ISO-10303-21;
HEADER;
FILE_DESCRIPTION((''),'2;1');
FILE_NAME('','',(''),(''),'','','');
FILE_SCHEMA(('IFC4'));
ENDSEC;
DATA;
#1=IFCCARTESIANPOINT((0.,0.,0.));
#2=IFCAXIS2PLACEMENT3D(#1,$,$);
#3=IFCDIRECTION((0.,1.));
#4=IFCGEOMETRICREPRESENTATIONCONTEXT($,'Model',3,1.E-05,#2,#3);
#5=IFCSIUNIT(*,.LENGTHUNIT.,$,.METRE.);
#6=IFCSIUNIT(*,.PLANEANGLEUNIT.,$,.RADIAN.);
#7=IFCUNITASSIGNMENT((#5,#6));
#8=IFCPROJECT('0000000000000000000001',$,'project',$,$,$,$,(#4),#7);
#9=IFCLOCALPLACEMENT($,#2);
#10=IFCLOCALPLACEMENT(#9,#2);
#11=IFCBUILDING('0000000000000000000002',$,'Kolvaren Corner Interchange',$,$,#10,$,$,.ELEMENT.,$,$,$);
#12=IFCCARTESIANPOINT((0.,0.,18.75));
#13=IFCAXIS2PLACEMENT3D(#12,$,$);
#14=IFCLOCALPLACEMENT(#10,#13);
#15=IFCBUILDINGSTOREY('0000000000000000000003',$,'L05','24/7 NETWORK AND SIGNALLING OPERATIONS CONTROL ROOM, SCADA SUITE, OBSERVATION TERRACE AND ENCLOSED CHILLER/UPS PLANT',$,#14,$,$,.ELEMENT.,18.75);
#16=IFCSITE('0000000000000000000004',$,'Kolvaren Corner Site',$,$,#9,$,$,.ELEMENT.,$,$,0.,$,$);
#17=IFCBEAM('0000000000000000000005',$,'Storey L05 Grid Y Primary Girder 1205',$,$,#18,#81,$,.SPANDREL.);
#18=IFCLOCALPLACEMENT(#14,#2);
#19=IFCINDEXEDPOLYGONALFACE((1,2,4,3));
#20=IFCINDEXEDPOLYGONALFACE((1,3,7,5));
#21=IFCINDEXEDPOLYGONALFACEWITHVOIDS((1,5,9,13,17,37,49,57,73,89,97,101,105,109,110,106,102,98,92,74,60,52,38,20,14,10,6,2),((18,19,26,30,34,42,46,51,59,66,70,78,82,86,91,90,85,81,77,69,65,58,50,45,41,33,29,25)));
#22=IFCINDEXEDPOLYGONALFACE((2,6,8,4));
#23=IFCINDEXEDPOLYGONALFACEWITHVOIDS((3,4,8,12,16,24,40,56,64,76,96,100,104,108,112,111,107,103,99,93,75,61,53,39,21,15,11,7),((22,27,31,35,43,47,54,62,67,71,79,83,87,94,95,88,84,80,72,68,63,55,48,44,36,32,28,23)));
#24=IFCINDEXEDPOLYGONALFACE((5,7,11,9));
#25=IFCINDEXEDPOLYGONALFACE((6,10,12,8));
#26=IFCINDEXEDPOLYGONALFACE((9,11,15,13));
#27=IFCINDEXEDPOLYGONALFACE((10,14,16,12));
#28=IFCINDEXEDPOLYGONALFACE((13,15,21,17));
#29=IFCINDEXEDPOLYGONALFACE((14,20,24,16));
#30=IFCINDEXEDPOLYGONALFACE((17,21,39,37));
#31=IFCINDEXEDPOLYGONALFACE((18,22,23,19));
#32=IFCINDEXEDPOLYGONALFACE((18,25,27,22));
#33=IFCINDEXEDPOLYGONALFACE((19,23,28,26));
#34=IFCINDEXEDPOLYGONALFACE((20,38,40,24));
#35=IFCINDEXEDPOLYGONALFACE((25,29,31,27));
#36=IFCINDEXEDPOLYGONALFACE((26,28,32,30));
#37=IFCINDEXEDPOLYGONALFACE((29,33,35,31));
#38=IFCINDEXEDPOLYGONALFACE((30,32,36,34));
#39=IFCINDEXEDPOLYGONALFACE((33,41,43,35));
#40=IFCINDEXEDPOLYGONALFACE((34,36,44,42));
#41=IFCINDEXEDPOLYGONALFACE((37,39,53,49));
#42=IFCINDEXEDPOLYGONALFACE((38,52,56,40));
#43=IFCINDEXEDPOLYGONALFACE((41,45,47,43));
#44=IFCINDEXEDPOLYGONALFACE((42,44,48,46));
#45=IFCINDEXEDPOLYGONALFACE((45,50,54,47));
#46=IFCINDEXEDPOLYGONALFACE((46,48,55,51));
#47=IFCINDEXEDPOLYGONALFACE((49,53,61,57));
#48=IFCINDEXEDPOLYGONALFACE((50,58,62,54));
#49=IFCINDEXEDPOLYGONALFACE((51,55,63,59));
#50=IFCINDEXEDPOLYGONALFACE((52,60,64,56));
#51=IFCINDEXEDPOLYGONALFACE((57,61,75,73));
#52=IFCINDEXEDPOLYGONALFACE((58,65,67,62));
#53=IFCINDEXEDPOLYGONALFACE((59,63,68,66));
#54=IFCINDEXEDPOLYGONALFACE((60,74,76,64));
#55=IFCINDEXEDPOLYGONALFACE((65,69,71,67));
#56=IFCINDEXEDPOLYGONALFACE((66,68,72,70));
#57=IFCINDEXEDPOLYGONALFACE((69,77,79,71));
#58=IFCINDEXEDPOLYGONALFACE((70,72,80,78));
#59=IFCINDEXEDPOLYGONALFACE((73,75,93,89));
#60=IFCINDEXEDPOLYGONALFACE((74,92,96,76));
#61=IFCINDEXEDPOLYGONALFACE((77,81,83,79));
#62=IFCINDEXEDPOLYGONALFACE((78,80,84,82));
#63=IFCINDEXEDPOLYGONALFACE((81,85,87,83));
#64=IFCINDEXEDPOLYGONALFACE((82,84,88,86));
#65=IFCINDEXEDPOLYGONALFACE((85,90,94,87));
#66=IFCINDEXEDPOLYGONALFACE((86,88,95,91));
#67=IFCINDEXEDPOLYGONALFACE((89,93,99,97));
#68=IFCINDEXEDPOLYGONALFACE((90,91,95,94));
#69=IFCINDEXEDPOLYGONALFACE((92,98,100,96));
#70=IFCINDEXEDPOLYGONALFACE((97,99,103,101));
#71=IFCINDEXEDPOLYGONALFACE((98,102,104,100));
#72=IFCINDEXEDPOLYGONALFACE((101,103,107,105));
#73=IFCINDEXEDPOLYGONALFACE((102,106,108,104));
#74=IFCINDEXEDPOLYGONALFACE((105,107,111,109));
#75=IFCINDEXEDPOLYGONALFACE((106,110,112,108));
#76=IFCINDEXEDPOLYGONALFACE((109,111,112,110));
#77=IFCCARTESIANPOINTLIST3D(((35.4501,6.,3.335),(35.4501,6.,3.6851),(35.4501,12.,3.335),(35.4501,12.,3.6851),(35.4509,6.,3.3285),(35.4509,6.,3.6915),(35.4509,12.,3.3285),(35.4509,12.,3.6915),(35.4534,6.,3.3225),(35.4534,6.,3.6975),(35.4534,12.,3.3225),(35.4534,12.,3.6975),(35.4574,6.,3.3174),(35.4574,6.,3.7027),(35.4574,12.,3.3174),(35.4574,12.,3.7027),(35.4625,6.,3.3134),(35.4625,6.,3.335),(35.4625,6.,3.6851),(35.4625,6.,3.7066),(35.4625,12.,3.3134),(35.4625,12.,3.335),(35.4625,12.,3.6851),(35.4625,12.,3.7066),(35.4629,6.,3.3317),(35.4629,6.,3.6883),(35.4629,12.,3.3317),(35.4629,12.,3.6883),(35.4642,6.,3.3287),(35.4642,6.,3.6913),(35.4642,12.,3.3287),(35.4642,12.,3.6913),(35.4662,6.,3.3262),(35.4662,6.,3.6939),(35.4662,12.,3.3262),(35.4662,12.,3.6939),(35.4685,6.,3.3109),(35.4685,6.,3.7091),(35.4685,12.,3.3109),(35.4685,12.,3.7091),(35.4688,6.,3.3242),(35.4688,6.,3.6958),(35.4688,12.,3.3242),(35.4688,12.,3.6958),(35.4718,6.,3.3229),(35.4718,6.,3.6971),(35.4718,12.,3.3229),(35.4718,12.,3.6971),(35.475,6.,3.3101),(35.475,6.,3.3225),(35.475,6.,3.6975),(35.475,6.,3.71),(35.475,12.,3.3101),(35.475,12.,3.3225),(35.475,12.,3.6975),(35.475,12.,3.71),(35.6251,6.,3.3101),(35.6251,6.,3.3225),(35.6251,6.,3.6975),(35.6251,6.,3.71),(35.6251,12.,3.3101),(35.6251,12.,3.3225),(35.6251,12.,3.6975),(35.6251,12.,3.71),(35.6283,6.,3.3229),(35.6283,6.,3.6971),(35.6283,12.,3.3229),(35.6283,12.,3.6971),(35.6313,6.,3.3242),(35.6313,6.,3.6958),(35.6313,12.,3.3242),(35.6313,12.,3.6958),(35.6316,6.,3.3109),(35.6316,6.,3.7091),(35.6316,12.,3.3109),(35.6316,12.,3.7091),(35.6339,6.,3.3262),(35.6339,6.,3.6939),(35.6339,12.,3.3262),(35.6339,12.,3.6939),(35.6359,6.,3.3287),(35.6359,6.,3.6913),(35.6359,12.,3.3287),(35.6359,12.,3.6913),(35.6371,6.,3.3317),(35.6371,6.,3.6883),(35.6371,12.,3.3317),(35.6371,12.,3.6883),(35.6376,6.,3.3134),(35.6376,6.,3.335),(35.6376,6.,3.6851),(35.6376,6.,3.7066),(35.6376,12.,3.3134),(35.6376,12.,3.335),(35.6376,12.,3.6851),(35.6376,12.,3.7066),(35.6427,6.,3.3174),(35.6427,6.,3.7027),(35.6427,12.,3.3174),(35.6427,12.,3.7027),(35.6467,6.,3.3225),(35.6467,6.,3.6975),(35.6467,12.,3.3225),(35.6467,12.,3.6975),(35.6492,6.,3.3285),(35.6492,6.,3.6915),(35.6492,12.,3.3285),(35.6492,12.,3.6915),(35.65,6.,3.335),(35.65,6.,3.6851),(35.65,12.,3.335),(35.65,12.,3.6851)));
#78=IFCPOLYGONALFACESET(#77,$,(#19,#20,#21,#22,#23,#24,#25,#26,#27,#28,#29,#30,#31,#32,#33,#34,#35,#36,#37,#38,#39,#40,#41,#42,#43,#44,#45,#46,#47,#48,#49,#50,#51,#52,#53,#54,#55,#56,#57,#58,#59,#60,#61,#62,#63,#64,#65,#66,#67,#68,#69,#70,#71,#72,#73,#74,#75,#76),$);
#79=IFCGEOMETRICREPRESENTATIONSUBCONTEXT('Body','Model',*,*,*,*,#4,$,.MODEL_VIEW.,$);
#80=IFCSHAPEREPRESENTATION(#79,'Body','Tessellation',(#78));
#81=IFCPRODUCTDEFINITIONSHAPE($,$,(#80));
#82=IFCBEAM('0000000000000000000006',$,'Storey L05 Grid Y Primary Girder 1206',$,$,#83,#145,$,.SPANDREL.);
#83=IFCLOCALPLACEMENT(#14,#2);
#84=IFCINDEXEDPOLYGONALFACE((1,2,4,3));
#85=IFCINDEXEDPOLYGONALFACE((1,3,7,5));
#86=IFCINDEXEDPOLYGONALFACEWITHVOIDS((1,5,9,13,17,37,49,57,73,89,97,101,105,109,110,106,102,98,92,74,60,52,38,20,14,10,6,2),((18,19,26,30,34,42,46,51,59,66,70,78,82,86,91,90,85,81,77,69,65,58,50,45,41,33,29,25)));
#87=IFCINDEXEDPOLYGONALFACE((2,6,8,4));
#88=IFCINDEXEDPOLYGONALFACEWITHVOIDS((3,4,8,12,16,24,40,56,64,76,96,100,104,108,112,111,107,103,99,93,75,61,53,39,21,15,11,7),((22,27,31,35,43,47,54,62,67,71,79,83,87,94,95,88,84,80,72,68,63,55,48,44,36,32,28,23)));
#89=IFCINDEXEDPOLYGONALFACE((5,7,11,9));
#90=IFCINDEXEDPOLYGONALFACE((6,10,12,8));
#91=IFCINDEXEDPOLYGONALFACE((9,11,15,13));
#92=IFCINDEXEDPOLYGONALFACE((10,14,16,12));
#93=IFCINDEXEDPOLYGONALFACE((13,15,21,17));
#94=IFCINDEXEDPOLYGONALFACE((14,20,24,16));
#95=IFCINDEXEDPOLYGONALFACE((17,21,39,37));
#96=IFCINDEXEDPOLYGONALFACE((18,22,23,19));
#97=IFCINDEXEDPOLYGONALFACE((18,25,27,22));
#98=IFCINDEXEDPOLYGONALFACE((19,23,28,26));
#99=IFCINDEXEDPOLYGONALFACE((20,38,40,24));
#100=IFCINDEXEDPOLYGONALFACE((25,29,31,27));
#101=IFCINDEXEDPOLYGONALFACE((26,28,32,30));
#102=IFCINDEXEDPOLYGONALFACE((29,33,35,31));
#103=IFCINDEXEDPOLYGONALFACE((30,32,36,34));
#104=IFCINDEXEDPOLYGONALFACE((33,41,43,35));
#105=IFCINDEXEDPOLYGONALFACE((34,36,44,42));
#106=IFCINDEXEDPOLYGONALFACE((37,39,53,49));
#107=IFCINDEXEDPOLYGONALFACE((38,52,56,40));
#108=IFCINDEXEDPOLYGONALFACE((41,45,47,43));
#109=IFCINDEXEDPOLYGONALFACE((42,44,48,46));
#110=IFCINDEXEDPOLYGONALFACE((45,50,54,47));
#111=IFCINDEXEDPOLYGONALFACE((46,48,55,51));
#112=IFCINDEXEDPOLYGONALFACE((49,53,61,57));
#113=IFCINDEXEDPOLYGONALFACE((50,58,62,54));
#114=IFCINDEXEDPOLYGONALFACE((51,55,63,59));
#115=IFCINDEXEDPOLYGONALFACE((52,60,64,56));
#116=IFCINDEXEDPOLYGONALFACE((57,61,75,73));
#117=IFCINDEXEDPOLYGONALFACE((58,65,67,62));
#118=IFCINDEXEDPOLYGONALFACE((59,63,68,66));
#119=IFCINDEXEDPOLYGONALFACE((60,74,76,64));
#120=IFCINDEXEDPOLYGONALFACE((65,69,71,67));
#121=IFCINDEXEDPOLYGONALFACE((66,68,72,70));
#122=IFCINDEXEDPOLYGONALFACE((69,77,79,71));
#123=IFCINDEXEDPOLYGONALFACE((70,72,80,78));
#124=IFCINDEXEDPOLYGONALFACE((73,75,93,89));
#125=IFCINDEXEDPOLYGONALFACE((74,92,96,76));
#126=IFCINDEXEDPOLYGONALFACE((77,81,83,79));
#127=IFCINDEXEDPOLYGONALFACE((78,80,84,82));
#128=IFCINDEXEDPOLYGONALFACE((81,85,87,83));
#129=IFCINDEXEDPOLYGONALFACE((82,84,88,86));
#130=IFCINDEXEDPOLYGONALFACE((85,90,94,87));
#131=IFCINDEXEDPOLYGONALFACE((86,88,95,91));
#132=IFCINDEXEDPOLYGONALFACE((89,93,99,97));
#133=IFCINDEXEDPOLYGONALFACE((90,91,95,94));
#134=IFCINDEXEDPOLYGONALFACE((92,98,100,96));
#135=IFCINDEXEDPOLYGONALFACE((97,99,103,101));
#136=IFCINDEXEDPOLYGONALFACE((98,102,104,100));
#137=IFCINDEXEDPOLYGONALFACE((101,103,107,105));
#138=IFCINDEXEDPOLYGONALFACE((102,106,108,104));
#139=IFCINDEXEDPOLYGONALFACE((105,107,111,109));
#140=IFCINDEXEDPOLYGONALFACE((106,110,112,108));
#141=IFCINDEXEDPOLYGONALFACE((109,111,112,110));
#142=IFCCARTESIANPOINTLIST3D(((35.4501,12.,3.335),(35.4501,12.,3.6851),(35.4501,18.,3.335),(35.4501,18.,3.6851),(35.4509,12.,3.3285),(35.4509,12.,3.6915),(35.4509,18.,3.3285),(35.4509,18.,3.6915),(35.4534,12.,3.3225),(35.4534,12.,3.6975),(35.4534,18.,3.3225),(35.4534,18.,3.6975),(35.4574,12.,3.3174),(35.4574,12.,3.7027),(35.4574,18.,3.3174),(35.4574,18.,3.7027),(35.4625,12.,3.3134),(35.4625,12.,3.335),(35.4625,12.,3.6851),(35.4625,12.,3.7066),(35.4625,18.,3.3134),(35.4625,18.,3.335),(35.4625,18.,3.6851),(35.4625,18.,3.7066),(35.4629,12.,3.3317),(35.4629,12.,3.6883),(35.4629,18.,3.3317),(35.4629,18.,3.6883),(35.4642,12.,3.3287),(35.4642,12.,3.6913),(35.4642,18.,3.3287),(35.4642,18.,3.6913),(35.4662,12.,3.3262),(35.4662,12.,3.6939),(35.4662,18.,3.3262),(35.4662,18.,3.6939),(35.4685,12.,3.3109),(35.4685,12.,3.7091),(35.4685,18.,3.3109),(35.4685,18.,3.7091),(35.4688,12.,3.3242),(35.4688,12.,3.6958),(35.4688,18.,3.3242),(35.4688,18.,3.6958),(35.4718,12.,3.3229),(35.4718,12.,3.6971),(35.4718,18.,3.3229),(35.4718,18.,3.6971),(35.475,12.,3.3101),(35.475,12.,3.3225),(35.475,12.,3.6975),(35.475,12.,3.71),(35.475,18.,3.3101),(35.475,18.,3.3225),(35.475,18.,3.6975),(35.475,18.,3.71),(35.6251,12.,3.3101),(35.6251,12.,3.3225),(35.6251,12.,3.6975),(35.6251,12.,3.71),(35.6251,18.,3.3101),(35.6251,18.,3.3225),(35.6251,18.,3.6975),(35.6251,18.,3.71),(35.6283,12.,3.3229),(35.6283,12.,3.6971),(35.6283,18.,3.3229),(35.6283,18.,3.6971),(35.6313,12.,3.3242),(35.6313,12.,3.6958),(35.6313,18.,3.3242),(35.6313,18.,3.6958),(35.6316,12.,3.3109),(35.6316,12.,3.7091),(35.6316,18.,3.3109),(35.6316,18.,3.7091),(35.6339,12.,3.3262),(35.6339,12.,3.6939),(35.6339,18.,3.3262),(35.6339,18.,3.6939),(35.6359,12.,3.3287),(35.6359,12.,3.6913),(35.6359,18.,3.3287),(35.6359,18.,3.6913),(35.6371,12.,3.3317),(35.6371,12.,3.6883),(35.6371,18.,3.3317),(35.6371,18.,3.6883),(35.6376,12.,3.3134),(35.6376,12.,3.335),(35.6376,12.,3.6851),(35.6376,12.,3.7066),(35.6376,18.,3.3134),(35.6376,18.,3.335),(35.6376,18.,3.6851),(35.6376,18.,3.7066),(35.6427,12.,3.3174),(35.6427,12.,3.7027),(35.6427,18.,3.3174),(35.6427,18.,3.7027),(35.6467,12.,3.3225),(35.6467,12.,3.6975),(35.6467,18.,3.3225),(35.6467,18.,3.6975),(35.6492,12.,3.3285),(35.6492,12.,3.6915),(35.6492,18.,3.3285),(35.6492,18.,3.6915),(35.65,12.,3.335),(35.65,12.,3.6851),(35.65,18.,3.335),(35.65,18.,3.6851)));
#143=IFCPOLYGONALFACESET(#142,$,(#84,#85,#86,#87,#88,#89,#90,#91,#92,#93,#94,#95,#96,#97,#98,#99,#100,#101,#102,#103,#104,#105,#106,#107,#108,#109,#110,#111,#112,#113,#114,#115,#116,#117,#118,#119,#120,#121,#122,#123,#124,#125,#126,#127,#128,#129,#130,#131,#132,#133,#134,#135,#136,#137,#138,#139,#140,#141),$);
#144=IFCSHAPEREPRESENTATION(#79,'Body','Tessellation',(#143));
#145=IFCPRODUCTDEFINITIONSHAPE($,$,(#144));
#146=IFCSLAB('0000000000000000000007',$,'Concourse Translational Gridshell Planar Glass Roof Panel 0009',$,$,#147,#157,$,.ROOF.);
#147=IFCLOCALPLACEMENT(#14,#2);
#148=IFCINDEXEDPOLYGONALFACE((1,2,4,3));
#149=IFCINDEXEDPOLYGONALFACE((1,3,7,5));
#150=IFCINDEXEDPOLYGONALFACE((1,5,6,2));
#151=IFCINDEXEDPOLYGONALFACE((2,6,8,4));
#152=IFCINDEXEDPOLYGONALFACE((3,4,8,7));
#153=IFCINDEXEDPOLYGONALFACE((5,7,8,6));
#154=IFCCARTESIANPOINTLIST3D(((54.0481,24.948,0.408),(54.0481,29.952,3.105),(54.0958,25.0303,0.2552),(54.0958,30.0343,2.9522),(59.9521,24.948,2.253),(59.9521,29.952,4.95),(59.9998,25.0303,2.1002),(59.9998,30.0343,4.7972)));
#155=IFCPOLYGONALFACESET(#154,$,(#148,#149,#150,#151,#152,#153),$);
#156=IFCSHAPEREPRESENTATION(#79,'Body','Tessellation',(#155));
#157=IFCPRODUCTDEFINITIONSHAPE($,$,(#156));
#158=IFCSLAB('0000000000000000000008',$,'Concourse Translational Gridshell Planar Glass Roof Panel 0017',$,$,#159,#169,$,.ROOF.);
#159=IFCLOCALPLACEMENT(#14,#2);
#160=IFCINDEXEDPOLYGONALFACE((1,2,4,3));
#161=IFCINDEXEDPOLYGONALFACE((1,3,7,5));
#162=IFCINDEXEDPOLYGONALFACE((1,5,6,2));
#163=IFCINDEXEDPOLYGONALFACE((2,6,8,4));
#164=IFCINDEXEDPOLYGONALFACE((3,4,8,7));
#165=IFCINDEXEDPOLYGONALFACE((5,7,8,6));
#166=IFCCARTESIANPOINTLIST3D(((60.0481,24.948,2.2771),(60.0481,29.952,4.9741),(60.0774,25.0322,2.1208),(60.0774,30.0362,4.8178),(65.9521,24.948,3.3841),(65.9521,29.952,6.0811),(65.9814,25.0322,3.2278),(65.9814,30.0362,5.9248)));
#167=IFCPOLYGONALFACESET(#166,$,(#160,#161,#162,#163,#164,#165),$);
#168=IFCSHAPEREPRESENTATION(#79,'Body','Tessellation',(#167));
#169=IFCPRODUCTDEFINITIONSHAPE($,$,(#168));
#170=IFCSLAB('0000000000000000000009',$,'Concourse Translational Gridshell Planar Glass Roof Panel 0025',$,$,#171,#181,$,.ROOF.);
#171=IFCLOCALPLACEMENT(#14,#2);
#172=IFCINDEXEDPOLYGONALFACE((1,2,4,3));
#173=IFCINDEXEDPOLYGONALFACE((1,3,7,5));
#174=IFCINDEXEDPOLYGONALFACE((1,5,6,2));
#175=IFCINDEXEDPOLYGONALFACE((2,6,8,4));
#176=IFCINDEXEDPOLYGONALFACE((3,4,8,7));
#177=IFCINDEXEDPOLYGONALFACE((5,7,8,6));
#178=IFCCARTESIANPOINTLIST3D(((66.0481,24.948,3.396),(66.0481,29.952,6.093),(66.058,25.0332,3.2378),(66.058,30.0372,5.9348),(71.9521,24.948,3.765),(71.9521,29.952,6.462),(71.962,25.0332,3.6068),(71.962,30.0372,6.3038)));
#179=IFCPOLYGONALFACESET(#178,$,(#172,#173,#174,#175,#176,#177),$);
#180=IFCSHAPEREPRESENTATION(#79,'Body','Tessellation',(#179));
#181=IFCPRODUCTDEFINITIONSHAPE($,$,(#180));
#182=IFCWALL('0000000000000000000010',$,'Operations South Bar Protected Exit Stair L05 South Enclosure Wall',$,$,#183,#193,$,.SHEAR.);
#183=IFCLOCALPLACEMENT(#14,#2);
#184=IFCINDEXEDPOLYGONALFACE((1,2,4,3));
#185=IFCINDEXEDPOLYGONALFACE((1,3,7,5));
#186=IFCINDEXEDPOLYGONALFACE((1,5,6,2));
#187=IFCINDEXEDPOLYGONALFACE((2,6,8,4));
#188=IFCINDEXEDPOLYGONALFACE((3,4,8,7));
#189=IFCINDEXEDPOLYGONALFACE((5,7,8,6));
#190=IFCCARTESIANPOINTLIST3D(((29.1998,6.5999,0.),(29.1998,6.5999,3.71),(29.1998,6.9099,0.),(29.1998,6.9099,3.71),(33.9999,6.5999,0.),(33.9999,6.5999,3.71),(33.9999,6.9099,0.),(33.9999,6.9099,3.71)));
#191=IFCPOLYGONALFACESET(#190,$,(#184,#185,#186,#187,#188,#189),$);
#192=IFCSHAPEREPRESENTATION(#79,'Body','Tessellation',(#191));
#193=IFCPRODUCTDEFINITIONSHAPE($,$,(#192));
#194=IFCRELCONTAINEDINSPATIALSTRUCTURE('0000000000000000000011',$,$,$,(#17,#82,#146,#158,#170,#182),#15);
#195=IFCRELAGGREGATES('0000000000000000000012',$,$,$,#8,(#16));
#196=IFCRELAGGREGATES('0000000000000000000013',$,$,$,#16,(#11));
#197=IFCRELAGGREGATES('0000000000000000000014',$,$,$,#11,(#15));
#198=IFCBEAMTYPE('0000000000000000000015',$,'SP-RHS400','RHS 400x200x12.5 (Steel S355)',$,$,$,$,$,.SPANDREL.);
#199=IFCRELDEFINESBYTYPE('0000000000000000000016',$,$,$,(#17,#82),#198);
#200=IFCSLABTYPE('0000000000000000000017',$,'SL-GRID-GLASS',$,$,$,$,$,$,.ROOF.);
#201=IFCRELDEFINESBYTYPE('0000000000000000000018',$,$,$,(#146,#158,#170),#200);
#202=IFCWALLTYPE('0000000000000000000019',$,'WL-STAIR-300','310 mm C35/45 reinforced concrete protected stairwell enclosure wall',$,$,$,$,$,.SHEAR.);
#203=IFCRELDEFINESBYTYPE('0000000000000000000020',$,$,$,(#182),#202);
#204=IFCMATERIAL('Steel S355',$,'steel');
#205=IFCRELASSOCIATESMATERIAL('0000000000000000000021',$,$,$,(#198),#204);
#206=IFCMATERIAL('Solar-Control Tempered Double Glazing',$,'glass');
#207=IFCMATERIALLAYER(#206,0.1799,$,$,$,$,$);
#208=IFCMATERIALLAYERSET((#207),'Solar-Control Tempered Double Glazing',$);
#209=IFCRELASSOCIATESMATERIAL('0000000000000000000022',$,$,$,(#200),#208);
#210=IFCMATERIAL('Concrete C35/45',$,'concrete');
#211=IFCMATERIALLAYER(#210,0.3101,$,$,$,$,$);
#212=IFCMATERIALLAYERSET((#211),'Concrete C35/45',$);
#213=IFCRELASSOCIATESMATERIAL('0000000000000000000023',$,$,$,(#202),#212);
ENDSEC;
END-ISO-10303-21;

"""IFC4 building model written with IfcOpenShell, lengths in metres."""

from ifc_helpers import new_model, si_unit, direction, frame, frame_2d, origin, origin_2d, place, context, subcontext, project, spatial, polyline, rectangle, hollow_rectangle, outline, extrude, material, layer, layer_set, material_profile, profile_set, type_object, element, save


model = new_model("IFC4")

# Units and contexts
model_context = context("Model", 3, precision=1e-05, world=origin(), true_north=direction((0.0, 1.0)))
body_context = subcontext(model_context, "Body", "Model", "MODEL_VIEW")
ifc_project = project(units=[si_unit("LENGTHUNIT", "METRE"), si_unit("PLANEANGLEUNIT", "RADIAN")], contexts=[model_context])

# Site, building, storey
site_placement = place(None, origin())
site = spatial("IfcSite", under=ifc_project, at=site_placement, Name="Kolvaren Corner Site", CompositionType="ELEMENT", RefElevation=0.0)
building_placement = place(site_placement, origin())
building = spatial("IfcBuilding", under=site, at=building_placement, Name="Kolvaren Corner Interchange", CompositionType="ELEMENT")
storey_placement = place(building_placement, frame((0.0, 0.0, 18.75)))
storey = spatial("IfcBuildingStorey", under=building, at=storey_placement, Name="L05", Description="24/7 NETWORK AND SIGNALLING OPERATIONS CONTROL ROOM, SCADA SUITE, OBSERVATION TERRACE AND ENCLOSED CHILLER/UPS PLANT", CompositionType="ELEMENT", Elevation=18.75)

# Beams
ifc_material_1 = material(Name="Steel S355", Category="steel")
ifc_material_profile_1 = material_profile(ifc_material_1, hollow_rectangle(XDim=0.2, YDim=0.3999, WallThickness=0.0125, InnerFilletRadius=0.0125, OuterFilletRadius=0.0249, at=origin_2d()), Name="RHS 400x200x12.5")
ifc_profile_set_1 = profile_set([ifc_material_profile_1], Name="Steel S355")
beam_type_1 = type_object("IfcBeamType", Name="SP-RHS400", Description="RHS 400x200x12.5 (Steel S355)", PredefinedType="SPANDREL", material=ifc_profile_set_1)
for number, where, z_axis, x_axis, name in (
    (1, (35.55, 6.0, 3.51), (0.0, 1.0, 0.0), (-1.0, 0.0, 0.0), "Storey L05 Grid Y Primary Girder 1205"),
    (2, (35.55, 12.0, 3.51), (0.0, 1.0, 0.0), (-1.0, 0.0, 0.0), "Storey L05 Grid Y Primary Girder 1206"),
):
    element("IfcBeam", number, at=place(storey_placement, frame(where, z_axis=z_axis, x_axis=x_axis)), inside=storey, type_object=beam_type_1, Name=name, PredefinedType="SPANDREL", context=body_context, shape_type="SweptSolid", body=[
        extrude(hollow_rectangle(XDim=0.2, YDim=0.3999, WallThickness=0.0125, InnerFilletRadius=0.0125, OuterFilletRadius=0.0249, at=origin_2d()), origin(), (0.0, 0.0, 1.0), 6.0),
    ])

# Slabs
ifc_material_2 = material(Name="Solar-Control Tempered Double Glazing", Category="glass")
ifc_layer_1 = layer(ifc_material_2, 0.1799)
ifc_layer_set_1 = layer_set([ifc_layer_1], Name="Solar-Control Tempered Double Glazing")
slab_type = type_object("IfcSlabType", Name="SL-GRID-GLASS", PredefinedType="ROOF", material=ifc_layer_set_1)
slab_1_placement = place(storey_placement, frame((54.0481, 24.948, 0.408), z_axis=(-0.265236, -0.457453, 0.848756), x_axis=(0.95448, 0.0, 0.298275)))
element("IfcSlab", 3, at=slab_1_placement, inside=storey, type_object=slab_type, Name="Concourse Translational Gridshell Planar Glass Roof Panel 0009", PredefinedType="ROOF", context=body_context, shape_type="SweptSolid", body=[
    extrude(outline(polyline([(0.0, 0.0), (6.1856, 0.0), (6.99, 5.6273), (0.8044, 5.6273), (0.0, 0.0)])), origin(), (0.0, 0.0, -1.0), 0.1799),
])
slab_2_placement = place(storey_placement, frame((60.0481, 24.948, 2.2771), z_axis=(-0.16285, -0.468113, 0.868534), x_axis=(0.982872, 0.0, 0.184289)))
element("IfcSlab", 4, at=slab_2_placement, inside=storey, type_object=slab_type, Name="Concourse Translational Gridshell Planar Glass Roof Panel 0017", PredefinedType="ROOF", context=body_context, shape_type="SweptSolid", body=[
    extrude(outline(polyline([(0.0, 0.0), (6.0069, 0.0), (6.5039, 5.6627), (0.497, 5.6627), (0.0, 0.0)])), origin(), (0.0, 0.0, -1.0), 0.1799),
])
slab_3_placement = place(storey_placement, frame((66.0481, 24.948, 3.396), z_axis=(-0.054935, -0.47373, 0.878955), x_axis=(0.998053, 0.0, 0.062378)))
element("IfcSlab", 5, at=slab_3_placement, inside=storey, type_object=slab_type, Name="Concourse Translational Gridshell Planar Glass Roof Panel 0025", PredefinedType="ROOF", context=body_context, shape_type="SweptSolid", body=[
    extrude(outline(polyline([(0.0, 0.0), (5.9155, 0.0), (6.0838, 5.682), (0.1682, 5.682), (0.0, 0.0)])), origin(), (0.0, 0.0, -1.0), 0.1799),
])

# Wall
ifc_material_3 = material(Name="Concrete C35/45", Category="concrete")
ifc_layer_2 = layer(ifc_material_3, 0.3101)
ifc_layer_set_2 = layer_set([ifc_layer_2], Name="Concrete C35/45")
wall_type_1 = type_object("IfcWallType", Name="WL-STAIR-300", Description="310 mm C35/45 reinforced concrete protected stairwell enclosure wall", PredefinedType="SHEAR", material=ifc_layer_set_2)
wall_1_placement = place(storey_placement, frame((29.2, 6.7549, 0.0), z_axis=(0.0, 0.0, 1.0), x_axis=(1.0, 0.0, 0.0)))
element("IfcWall", 6, at=wall_1_placement, inside=storey, type_object=wall_type_1, Name="Operations South Bar Protected Exit Stair L05 South Enclosure Wall", PredefinedType="SHEAR", context=body_context, shape_type="SweptSolid", body=[
    extrude(rectangle(XDim=4.8, YDim=0.3101, at=frame_2d((2.3999, 0.0))), origin(), (0.0, 0.0, 1.0), 3.71),
])

save(model, "model.ifc")
